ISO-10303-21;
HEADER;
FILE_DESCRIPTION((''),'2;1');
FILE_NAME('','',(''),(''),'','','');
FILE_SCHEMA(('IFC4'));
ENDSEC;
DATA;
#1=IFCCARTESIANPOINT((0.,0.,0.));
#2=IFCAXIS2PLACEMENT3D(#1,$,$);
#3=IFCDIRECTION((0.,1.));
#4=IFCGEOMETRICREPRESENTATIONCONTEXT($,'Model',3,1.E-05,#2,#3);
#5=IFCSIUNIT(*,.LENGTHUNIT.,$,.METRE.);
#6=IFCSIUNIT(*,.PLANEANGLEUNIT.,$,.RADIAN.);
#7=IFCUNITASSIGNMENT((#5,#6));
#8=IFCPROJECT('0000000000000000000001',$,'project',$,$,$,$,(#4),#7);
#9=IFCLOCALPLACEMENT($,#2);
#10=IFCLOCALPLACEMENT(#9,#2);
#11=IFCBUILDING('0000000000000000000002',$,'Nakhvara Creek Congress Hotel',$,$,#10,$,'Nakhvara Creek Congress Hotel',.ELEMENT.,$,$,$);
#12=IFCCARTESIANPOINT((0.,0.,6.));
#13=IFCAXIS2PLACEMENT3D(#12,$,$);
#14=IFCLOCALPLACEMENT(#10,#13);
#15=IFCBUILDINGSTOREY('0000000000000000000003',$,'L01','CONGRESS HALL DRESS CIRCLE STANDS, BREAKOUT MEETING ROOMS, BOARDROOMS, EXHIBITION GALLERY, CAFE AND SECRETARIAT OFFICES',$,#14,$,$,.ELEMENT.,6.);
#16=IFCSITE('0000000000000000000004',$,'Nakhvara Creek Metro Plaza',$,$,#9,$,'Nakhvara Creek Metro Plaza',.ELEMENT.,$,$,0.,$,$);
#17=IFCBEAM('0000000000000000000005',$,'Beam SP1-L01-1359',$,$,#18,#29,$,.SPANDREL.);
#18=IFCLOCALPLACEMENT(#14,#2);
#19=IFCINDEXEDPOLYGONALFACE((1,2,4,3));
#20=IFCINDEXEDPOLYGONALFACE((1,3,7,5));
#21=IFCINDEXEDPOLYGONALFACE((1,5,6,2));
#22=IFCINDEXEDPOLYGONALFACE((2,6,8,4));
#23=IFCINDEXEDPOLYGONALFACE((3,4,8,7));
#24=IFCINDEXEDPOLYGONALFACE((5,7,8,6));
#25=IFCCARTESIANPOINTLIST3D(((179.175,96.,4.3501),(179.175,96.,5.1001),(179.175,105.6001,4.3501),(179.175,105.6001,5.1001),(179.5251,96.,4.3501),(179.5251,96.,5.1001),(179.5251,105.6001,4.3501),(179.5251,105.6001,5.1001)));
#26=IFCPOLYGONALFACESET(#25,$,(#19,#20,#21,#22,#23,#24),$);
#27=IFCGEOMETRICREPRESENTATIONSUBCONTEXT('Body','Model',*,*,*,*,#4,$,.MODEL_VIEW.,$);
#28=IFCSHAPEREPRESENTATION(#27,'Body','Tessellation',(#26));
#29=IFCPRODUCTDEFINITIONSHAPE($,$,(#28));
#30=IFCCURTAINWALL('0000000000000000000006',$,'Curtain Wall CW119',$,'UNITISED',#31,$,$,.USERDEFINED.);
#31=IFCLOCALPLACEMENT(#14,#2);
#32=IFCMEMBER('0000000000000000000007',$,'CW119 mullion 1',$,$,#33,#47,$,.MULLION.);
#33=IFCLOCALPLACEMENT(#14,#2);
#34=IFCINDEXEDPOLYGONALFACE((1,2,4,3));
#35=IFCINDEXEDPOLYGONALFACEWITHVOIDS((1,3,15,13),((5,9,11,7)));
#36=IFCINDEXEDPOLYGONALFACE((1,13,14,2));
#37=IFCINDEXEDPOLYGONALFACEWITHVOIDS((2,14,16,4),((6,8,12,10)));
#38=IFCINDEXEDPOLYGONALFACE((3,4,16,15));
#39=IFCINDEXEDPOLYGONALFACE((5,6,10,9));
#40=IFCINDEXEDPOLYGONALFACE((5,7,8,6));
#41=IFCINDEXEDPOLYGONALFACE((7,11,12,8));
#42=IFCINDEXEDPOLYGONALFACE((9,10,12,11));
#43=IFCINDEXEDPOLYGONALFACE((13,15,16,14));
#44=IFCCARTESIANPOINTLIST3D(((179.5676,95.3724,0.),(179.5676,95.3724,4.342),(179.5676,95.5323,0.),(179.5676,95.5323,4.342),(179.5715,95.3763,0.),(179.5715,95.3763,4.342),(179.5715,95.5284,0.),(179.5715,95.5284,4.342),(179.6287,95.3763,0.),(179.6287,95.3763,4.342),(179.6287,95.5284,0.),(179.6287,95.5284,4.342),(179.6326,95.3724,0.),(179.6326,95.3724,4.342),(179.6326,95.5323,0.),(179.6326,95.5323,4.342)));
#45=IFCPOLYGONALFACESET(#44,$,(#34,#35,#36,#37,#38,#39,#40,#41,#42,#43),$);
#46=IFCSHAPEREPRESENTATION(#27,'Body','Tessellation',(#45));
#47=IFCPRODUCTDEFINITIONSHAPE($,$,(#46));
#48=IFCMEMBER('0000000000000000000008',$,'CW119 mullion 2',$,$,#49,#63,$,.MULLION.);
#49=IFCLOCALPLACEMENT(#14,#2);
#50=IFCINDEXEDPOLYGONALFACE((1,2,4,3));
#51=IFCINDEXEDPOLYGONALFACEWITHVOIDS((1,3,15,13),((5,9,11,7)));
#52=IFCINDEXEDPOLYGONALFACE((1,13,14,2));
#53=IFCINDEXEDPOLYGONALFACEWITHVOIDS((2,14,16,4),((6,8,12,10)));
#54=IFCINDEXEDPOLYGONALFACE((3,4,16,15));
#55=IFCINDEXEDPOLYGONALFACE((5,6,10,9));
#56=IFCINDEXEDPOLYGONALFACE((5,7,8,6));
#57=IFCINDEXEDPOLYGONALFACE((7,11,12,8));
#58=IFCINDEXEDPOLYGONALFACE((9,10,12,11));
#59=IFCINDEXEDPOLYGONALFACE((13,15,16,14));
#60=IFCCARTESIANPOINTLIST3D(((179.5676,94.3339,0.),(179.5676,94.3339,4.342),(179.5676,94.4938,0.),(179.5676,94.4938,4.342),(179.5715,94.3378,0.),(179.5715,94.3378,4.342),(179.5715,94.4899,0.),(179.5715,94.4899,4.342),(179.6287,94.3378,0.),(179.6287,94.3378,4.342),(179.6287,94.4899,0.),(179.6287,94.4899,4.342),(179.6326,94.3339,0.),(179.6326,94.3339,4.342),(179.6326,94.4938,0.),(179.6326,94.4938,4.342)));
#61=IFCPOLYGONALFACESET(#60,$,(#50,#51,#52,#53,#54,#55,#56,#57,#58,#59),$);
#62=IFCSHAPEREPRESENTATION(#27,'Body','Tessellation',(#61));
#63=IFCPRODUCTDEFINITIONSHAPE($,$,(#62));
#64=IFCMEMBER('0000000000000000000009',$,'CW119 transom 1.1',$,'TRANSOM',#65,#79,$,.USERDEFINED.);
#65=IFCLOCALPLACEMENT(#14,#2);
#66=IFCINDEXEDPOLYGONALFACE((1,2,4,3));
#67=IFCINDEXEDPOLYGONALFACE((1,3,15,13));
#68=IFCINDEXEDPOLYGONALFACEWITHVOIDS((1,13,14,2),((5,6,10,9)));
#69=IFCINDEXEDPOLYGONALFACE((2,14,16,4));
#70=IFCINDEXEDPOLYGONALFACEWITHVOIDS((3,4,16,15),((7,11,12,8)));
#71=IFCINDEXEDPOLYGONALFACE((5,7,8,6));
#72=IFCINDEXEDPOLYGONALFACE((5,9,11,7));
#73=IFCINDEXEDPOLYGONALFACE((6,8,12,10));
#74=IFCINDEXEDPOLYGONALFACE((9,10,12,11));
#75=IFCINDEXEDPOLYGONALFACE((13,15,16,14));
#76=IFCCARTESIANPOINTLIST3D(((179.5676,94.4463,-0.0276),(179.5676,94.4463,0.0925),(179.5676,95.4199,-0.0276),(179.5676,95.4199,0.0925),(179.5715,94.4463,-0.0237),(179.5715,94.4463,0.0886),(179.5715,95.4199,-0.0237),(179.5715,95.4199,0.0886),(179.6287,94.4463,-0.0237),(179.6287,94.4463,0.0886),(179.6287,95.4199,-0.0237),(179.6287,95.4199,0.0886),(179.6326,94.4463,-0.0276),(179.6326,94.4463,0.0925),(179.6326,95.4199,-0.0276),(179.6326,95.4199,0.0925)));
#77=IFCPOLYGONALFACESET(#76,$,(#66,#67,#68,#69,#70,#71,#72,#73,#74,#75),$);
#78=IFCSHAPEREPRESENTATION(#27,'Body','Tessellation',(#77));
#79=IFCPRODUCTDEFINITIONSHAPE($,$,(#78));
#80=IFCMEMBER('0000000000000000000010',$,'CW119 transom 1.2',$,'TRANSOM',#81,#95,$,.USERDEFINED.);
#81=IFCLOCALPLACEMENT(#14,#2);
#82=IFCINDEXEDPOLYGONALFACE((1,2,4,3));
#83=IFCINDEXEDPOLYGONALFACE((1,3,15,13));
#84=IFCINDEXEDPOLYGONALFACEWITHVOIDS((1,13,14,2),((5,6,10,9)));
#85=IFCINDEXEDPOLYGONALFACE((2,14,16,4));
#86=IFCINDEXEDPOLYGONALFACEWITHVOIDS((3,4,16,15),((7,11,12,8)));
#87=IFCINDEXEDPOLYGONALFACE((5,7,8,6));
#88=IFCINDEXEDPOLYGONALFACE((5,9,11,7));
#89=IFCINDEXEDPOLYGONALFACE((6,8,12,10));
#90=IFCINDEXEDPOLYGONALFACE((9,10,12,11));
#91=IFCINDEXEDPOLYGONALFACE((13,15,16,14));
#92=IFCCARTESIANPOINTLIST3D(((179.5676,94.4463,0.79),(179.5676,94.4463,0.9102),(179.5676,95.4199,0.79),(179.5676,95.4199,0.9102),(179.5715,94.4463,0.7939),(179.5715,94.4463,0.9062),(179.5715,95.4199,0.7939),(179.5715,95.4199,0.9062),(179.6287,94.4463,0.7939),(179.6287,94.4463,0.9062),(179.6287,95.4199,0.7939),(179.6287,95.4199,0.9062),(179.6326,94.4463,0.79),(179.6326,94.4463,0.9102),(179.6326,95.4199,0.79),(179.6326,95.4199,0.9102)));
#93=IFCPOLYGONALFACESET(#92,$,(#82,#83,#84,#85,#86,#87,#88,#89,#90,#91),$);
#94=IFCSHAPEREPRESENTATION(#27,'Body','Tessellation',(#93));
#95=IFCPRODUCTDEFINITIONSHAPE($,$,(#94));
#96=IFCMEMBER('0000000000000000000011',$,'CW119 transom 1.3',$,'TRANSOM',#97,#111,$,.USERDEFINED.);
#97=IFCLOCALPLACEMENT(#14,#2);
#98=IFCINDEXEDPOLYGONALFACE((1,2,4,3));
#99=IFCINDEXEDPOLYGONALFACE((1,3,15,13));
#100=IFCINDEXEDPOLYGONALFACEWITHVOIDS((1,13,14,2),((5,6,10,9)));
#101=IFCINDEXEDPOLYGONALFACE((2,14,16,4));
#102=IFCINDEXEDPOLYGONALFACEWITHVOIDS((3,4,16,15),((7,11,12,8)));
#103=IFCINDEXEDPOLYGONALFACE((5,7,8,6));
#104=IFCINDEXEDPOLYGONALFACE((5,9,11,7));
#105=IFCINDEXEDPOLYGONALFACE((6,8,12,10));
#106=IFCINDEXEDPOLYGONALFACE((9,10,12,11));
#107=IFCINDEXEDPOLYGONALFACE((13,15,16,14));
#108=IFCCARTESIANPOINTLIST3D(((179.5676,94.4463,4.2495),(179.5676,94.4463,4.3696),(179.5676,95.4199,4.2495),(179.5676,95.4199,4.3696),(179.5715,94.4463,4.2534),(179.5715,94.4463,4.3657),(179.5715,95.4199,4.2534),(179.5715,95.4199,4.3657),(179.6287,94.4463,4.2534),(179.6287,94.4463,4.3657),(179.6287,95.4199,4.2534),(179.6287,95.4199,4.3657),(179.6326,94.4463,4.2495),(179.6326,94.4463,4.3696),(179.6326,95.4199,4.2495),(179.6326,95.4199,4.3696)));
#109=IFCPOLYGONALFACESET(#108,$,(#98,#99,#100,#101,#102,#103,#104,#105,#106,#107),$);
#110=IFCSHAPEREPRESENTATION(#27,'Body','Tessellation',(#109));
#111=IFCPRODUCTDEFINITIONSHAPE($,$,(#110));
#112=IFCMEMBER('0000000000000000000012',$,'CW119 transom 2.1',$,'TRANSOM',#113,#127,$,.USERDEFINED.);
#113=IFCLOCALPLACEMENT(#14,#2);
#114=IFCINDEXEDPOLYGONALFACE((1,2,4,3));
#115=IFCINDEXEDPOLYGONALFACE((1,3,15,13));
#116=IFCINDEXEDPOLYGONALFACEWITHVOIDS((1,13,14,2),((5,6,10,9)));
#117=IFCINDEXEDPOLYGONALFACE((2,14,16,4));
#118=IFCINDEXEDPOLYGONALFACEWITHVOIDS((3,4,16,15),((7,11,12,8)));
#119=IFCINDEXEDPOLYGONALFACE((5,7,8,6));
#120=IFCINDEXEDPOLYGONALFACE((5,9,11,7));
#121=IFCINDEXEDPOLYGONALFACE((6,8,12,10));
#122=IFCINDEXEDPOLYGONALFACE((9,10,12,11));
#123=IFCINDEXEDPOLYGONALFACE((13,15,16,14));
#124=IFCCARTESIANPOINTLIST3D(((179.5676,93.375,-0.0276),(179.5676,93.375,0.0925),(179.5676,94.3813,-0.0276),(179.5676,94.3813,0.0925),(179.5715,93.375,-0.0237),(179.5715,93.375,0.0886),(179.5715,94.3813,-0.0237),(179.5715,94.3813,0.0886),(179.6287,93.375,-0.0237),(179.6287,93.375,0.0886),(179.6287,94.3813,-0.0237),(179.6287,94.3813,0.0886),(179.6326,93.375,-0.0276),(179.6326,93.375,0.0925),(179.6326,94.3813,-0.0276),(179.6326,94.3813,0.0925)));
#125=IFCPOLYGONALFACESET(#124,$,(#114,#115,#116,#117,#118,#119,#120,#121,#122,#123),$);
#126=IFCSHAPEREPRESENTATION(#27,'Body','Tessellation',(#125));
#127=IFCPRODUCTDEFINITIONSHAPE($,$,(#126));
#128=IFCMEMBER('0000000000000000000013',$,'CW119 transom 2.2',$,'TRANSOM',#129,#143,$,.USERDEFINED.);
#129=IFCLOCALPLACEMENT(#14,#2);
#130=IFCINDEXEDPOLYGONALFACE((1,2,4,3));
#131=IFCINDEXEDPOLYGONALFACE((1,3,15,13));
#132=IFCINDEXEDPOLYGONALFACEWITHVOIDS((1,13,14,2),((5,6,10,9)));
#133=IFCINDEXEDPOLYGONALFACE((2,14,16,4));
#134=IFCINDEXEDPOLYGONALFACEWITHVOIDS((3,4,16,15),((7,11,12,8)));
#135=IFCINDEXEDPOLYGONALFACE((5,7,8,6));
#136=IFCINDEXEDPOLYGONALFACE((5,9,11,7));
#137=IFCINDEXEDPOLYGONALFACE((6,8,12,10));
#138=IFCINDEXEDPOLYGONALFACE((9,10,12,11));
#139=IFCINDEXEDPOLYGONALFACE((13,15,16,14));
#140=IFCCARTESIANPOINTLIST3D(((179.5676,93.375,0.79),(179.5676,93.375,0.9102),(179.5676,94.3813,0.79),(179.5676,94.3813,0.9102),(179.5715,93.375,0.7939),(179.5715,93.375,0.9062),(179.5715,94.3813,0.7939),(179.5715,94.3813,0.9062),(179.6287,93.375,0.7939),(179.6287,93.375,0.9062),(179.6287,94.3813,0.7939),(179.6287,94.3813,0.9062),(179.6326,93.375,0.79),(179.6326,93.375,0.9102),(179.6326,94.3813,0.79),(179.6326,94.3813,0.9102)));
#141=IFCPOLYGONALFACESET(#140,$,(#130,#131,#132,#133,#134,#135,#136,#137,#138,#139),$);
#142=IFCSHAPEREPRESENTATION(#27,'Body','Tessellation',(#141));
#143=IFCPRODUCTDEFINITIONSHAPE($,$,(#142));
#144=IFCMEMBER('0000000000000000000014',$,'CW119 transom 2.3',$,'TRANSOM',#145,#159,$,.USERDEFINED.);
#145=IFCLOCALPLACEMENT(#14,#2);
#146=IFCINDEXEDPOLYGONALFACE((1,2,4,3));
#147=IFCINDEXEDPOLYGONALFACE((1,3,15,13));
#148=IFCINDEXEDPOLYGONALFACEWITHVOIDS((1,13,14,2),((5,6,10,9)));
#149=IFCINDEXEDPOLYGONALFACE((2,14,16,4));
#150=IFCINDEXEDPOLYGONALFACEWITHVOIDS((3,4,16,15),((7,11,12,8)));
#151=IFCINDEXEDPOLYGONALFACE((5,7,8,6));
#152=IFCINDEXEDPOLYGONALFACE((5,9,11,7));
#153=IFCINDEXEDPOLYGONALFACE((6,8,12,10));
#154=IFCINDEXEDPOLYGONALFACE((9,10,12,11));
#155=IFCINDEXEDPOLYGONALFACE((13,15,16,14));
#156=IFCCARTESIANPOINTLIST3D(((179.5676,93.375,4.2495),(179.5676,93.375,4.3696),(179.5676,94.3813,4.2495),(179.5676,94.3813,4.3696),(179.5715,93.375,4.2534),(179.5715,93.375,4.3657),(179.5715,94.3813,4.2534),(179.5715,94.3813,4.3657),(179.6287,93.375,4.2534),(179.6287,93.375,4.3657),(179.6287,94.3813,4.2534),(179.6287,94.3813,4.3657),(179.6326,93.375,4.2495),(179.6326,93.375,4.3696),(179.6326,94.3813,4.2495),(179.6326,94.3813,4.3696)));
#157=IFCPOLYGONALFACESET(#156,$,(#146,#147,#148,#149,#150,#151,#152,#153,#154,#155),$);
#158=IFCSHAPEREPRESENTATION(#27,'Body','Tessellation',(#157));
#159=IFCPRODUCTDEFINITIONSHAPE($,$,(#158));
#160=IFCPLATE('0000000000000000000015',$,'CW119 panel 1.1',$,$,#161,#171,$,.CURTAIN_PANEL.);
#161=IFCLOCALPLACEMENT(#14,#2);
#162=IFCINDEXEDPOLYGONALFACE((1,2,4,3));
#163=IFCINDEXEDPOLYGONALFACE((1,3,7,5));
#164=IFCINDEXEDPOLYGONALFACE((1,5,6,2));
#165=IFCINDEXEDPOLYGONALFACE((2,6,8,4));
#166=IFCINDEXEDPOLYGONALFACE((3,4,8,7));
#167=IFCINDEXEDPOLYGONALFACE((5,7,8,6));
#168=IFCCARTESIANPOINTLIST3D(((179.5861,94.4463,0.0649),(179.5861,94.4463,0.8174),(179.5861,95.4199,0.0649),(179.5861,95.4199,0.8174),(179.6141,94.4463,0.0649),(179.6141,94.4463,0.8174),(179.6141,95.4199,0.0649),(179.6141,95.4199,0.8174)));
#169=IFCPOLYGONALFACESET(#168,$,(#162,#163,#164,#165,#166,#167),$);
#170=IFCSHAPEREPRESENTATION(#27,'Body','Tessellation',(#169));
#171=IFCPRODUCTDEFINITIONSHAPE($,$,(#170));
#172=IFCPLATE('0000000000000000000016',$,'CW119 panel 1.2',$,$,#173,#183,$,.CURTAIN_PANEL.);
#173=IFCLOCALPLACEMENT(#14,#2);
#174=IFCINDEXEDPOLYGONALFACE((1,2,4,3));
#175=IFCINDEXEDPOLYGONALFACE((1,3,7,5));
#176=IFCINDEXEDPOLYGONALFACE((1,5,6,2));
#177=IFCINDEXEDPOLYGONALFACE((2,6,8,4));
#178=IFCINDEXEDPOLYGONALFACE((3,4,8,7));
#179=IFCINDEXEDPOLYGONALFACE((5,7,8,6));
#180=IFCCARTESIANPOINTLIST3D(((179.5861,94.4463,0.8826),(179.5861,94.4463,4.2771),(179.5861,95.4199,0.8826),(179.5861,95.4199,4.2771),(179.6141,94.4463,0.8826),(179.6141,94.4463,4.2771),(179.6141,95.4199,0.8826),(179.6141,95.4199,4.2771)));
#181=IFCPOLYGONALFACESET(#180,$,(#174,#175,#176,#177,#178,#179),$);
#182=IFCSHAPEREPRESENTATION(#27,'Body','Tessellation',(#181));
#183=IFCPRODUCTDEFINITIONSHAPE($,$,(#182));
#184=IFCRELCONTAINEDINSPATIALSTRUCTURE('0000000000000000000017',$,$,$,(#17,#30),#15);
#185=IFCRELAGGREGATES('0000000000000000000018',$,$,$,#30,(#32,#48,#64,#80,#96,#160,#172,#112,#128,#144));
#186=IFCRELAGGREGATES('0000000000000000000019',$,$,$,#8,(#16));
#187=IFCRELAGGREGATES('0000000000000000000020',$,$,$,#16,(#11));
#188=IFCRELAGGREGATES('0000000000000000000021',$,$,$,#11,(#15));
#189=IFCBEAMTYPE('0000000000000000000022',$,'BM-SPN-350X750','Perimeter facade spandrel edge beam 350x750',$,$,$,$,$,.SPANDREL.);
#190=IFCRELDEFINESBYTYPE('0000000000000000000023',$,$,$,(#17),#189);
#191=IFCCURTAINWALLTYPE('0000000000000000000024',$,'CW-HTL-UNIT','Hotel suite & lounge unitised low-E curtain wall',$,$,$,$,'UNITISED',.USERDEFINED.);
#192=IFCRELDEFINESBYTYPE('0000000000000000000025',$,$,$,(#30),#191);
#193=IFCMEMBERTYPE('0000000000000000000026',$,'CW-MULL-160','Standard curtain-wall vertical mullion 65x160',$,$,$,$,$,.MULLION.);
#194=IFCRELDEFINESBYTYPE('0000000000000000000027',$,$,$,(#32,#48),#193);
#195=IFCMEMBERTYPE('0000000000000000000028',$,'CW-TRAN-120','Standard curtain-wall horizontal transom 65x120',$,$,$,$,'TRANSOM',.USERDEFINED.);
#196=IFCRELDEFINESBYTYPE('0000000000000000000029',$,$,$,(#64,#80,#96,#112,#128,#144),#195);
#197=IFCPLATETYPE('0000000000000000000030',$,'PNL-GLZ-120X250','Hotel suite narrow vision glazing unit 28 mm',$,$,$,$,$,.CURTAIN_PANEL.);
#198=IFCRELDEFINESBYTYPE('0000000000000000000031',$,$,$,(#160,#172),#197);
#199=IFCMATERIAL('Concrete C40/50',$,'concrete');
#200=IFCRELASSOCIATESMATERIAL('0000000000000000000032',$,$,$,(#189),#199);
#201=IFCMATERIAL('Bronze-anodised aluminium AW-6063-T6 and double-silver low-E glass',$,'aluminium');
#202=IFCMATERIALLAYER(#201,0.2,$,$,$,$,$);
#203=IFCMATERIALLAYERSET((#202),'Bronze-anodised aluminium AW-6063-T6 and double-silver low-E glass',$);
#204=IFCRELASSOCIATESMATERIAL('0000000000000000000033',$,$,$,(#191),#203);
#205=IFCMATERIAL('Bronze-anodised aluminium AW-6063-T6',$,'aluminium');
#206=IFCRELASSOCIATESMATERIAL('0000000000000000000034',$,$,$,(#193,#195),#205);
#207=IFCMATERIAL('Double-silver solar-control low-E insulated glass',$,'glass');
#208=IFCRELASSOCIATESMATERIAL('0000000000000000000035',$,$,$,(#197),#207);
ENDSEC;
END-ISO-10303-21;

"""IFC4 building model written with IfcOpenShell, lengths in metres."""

from ifc_helpers import new_model, si_unit, direction, frame, origin, origin_2d, place, context, subcontext, project, spatial, rectangle, hollow_rectangle, extrude, material, layer, layer_set, material_profile, profile_set, type_object, element, aggregate, save


model = new_model("IFC4")

# Units and contexts
model_context = context("Model", 3, precision=1e-05, world=origin(), true_north=direction((0.0, 1.0)))
body_context = subcontext(model_context, "Body", "Model", "MODEL_VIEW")
ifc_project = project(units=[si_unit("LENGTHUNIT", "METRE"), si_unit("PLANEANGLEUNIT", "RADIAN")], contexts=[model_context])

# Site, building, storey
site_placement = place(None, origin())
site = spatial("IfcSite", under=ifc_project, at=site_placement, Name="Nakhvara Creek Metro Plaza", LongName="Nakhvara Creek Metro Plaza", CompositionType="ELEMENT", RefElevation=0.0)
building_placement = place(site_placement, origin())
building = spatial("IfcBuilding", under=site, at=building_placement, Name="Nakhvara Creek Congress Hotel", LongName="Nakhvara Creek Congress Hotel", CompositionType="ELEMENT")
storey_placement = place(building_placement, frame((0.0, 0.0, 6.0)))
storey = spatial("IfcBuildingStorey", under=building, at=storey_placement, Name="L01", Description="CONGRESS HALL DRESS CIRCLE STANDS, BREAKOUT MEETING ROOMS, BOARDROOMS, EXHIBITION GALLERY, CAFE AND SECRETARIAT OFFICES", CompositionType="ELEMENT", Elevation=6.0)

# Beam
ifc_material_1 = material(Name="Concrete C40/50", Category="concrete")
ifc_material_profile_1 = material_profile(ifc_material_1, rectangle(XDim=0.3501, YDim=0.75, at=origin_2d()), Name="RC-SPANDREL 350x750", Category="LoadBearing")
ifc_profile_set_1 = profile_set([ifc_material_profile_1], Name="Concrete C40/50")
beam_type = type_object("IfcBeamType", Name="BM-SPN-350X750", Description="Perimeter facade spandrel edge beam 350x750", PredefinedType="SPANDREL", material=ifc_profile_set_1)
beam_placement = place(storey_placement, frame((179.3501, 96.0, 4.7251), z_axis=(0.0, 1.0, 0.0), x_axis=(-1.0, 0.0, 0.0)))
element("IfcBeam", 1, at=beam_placement, inside=storey, type_object=beam_type, Name="Beam SP1-L01-1359", PredefinedType="SPANDREL", context=body_context, shape_type="SweptSolid", body=[
    extrude(rectangle(XDim=0.3501, YDim=0.75, at=origin_2d()), origin(), (0.0, 0.0, 1.0), 9.6001),
])

# Curtain wall, members, plates
ifc_material_2 = material(Name="Bronze-anodised aluminium AW-6063-T6 and double-silver low-E glass", Category="aluminium")
ifc_layer_1 = layer(ifc_material_2, 0.2)
ifc_layer_set_1 = layer_set([ifc_layer_1], Name="Bronze-anodised aluminium AW-6063-T6 and double-silver low-E glass")
curtain_wall_type = type_object("IfcCurtainWallType", Name="CW-HTL-UNIT", Description="Hotel suite & lounge unitised low-E curtain wall", ElementType="UNITISED", PredefinedType="USERDEFINED", material=ifc_layer_set_1)
curtain_wall_placement = place(storey_placement, origin())
curtain_wall = element("IfcCurtainWall", 2, at=curtain_wall_placement, inside=storey, type_object=curtain_wall_type, Name="Curtain Wall CW119", ObjectType="UNITISED", PredefinedType="USERDEFINED")
ifc_material_3 = material(Name="Bronze-anodised aluminium AW-6063-T6", Category="aluminium")
ifc_material_profile_2 = material_profile(ifc_material_3, hollow_rectangle(XDim=0.0649, YDim=0.1599, WallThickness=0.0039, at=origin_2d()), Name="ALU-MULL 65x160x4", Category="LoadBearing")
ifc_profile_set_2 = profile_set([ifc_material_profile_2], Name="Bronze-anodised aluminium AW-6063-T6")
member_type_1 = type_object("IfcMemberType", Name="CW-MULL-160", Description="Standard curtain-wall vertical mullion 65x160", PredefinedType="MULLION", material=ifc_profile_set_2)
member_1_placement = place(storey_placement, frame((179.6001, 95.4524, 0.0), z_axis=(0.0, 0.0, 1.0), x_axis=(1.0, 0.0, 0.0)))
member_1 = element("IfcMember", 3, at=member_1_placement, type_object=member_type_1, Name="CW119 mullion 1", PredefinedType="MULLION", context=body_context, shape_type="SweptSolid", body=[
    extrude(hollow_rectangle(XDim=0.0649, YDim=0.1599, WallThickness=0.0039, at=origin_2d()), origin(), (0.0, 0.0, 1.0), 4.342),
])
member_2_placement = place(storey_placement, frame((179.6001, 94.4138, 0.0), z_axis=(0.0, 0.0, 1.0), x_axis=(1.0, 0.0, 0.0)))
member_2 = element("IfcMember", 4, at=member_2_placement, type_object=member_type_1, Name="CW119 mullion 2", PredefinedType="MULLION", context=body_context, shape_type="SweptSolid", body=[
    extrude(hollow_rectangle(XDim=0.0649, YDim=0.1599, WallThickness=0.0039, at=origin_2d()), origin(), (0.0, 0.0, 1.0), 4.342),
])
ifc_material_profile_3 = material_profile(ifc_material_3, hollow_rectangle(XDim=0.0649, YDim=0.1201, WallThickness=0.0039, at=origin_2d()), Name="ALU-TRAN 65x120x4", Category="LoadBearing")
ifc_profile_set_3 = profile_set([ifc_material_profile_3], Name="Bronze-anodised aluminium AW-6063-T6")
member_type_2 = type_object("IfcMemberType", Name="CW-TRAN-120", Description="Standard curtain-wall horizontal transom 65x120", ElementType="TRANSOM", PredefinedType="USERDEFINED", material=ifc_profile_set_3)
member_3_placement = place(storey_placement, frame((179.6001, 95.4199, 0.0325), z_axis=(0.0, -1.0, 0.0), x_axis=(1.0, 0.0, 0.0)))
member_3 = element("IfcMember", 5, at=member_3_placement, type_object=member_type_2, Name="CW119 transom 1.1", ObjectType="TRANSOM", PredefinedType="USERDEFINED", context=body_context, shape_type="SweptSolid", body=[
    extrude(hollow_rectangle(XDim=0.0649, YDim=0.1201, WallThickness=0.0039, at=origin_2d()), origin(), (0.0, 0.0, 1.0), 0.9736),
])
member_4_placement = place(storey_placement, frame((179.6001, 95.4199, 0.8501), z_axis=(0.0, -1.0, 0.0), x_axis=(1.0, 0.0, 0.0)))
member_4 = element("IfcMember", 6, at=member_4_placement, type_object=member_type_2, Name="CW119 transom 1.2", ObjectType="TRANSOM", PredefinedType="USERDEFINED", context=body_context, shape_type="SweptSolid", body=[
    extrude(hollow_rectangle(XDim=0.0649, YDim=0.1201, WallThickness=0.0039, at=origin_2d()), origin(), (0.0, 0.0, 1.0), 0.9736),
])
member_5_placement = place(storey_placement, frame((179.6001, 95.4199, 4.3096), z_axis=(0.0, -1.0, 0.0), x_axis=(1.0, 0.0, 0.0)))
member_5 = element("IfcMember", 7, at=member_5_placement, type_object=member_type_2, Name="CW119 transom 1.3", ObjectType="TRANSOM", PredefinedType="USERDEFINED", context=body_context, shape_type="SweptSolid", body=[
    extrude(hollow_rectangle(XDim=0.0649, YDim=0.1201, WallThickness=0.0039, at=origin_2d()), origin(), (0.0, 0.0, 1.0), 0.9736),
])
member_6_placement = place(storey_placement, frame((179.6001, 94.3813, 0.0325), z_axis=(0.0, -1.0, 0.0), x_axis=(1.0, 0.0, 0.0)))
member_6 = element("IfcMember", 8, at=member_6_placement, type_object=member_type_2, Name="CW119 transom 2.1", ObjectType="TRANSOM", PredefinedType="USERDEFINED", context=body_context, shape_type="SweptSolid", body=[
    extrude(hollow_rectangle(XDim=0.0649, YDim=0.1201, WallThickness=0.0039, at=origin_2d()), origin(), (0.0, 0.0, 1.0), 1.0063),
])
member_7_placement = place(storey_placement, frame((179.6001, 94.3813, 0.8501), z_axis=(0.0, -1.0, 0.0), x_axis=(1.0, 0.0, 0.0)))
member_7 = element("IfcMember", 9, at=member_7_placement, type_object=member_type_2, Name="CW119 transom 2.2", ObjectType="TRANSOM", PredefinedType="USERDEFINED", context=body_context, shape_type="SweptSolid", body=[
    extrude(hollow_rectangle(XDim=0.0649, YDim=0.1201, WallThickness=0.0039, at=origin_2d()), origin(), (0.0, 0.0, 1.0), 1.0063),
])
member_8_placement = place(storey_placement, frame((179.6001, 94.3813, 4.3096), z_axis=(0.0, -1.0, 0.0), x_axis=(1.0, 0.0, 0.0)))
member_8 = element("IfcMember", 10, at=member_8_placement, type_object=member_type_2, Name="CW119 transom 2.3", ObjectType="TRANSOM", PredefinedType="USERDEFINED", context=body_context, shape_type="SweptSolid", body=[
    extrude(hollow_rectangle(XDim=0.0649, YDim=0.1201, WallThickness=0.0039, at=origin_2d()), origin(), (0.0, 0.0, 1.0), 1.0063),
])
ifc_material_4 = material(Name="Double-silver solar-control low-E insulated glass", Category="glass")
plate_type = type_object("IfcPlateType", Name="PNL-GLZ-120X250", Description="Hotel suite narrow vision glazing unit 28 mm", PredefinedType="CURTAIN_PANEL", material=ifc_material_4)
plate_1_placement = place(storey_placement, frame((179.6001, 94.9331, 0.0649), z_axis=(0.0, 0.0, 1.0), x_axis=(0.0, -1.0, 0.0)))
plate_1 = element("IfcPlate", 11, at=plate_1_placement, type_object=plate_type, Name="CW119 panel 1.1", PredefinedType="CURTAIN_PANEL", context=body_context, shape_type="SweptSolid", body=[
    extrude(rectangle(XDim=0.9736, YDim=0.0281, at=origin_2d()), origin(), (0.0, 0.0, 1.0), 0.7524),
])
plate_2_placement = place(storey_placement, frame((179.6001, 94.9331, 0.8826), z_axis=(0.0, 0.0, 1.0), x_axis=(0.0, -1.0, 0.0)))
plate_2 = element("IfcPlate", 12, at=plate_2_placement, type_object=plate_type, Name="CW119 panel 1.2", PredefinedType="CURTAIN_PANEL", context=body_context, shape_type="SweptSolid", body=[
    extrude(rectangle(XDim=0.9736, YDim=0.0281, at=origin_2d()), origin(), (0.0, 0.0, 1.0), 3.3945),
])
aggregate(curtain_wall, [member_1, member_2, member_3, member_4, member_5, plate_1, plate_2, member_6, member_7, member_8])

save(model, "model.ifc")
